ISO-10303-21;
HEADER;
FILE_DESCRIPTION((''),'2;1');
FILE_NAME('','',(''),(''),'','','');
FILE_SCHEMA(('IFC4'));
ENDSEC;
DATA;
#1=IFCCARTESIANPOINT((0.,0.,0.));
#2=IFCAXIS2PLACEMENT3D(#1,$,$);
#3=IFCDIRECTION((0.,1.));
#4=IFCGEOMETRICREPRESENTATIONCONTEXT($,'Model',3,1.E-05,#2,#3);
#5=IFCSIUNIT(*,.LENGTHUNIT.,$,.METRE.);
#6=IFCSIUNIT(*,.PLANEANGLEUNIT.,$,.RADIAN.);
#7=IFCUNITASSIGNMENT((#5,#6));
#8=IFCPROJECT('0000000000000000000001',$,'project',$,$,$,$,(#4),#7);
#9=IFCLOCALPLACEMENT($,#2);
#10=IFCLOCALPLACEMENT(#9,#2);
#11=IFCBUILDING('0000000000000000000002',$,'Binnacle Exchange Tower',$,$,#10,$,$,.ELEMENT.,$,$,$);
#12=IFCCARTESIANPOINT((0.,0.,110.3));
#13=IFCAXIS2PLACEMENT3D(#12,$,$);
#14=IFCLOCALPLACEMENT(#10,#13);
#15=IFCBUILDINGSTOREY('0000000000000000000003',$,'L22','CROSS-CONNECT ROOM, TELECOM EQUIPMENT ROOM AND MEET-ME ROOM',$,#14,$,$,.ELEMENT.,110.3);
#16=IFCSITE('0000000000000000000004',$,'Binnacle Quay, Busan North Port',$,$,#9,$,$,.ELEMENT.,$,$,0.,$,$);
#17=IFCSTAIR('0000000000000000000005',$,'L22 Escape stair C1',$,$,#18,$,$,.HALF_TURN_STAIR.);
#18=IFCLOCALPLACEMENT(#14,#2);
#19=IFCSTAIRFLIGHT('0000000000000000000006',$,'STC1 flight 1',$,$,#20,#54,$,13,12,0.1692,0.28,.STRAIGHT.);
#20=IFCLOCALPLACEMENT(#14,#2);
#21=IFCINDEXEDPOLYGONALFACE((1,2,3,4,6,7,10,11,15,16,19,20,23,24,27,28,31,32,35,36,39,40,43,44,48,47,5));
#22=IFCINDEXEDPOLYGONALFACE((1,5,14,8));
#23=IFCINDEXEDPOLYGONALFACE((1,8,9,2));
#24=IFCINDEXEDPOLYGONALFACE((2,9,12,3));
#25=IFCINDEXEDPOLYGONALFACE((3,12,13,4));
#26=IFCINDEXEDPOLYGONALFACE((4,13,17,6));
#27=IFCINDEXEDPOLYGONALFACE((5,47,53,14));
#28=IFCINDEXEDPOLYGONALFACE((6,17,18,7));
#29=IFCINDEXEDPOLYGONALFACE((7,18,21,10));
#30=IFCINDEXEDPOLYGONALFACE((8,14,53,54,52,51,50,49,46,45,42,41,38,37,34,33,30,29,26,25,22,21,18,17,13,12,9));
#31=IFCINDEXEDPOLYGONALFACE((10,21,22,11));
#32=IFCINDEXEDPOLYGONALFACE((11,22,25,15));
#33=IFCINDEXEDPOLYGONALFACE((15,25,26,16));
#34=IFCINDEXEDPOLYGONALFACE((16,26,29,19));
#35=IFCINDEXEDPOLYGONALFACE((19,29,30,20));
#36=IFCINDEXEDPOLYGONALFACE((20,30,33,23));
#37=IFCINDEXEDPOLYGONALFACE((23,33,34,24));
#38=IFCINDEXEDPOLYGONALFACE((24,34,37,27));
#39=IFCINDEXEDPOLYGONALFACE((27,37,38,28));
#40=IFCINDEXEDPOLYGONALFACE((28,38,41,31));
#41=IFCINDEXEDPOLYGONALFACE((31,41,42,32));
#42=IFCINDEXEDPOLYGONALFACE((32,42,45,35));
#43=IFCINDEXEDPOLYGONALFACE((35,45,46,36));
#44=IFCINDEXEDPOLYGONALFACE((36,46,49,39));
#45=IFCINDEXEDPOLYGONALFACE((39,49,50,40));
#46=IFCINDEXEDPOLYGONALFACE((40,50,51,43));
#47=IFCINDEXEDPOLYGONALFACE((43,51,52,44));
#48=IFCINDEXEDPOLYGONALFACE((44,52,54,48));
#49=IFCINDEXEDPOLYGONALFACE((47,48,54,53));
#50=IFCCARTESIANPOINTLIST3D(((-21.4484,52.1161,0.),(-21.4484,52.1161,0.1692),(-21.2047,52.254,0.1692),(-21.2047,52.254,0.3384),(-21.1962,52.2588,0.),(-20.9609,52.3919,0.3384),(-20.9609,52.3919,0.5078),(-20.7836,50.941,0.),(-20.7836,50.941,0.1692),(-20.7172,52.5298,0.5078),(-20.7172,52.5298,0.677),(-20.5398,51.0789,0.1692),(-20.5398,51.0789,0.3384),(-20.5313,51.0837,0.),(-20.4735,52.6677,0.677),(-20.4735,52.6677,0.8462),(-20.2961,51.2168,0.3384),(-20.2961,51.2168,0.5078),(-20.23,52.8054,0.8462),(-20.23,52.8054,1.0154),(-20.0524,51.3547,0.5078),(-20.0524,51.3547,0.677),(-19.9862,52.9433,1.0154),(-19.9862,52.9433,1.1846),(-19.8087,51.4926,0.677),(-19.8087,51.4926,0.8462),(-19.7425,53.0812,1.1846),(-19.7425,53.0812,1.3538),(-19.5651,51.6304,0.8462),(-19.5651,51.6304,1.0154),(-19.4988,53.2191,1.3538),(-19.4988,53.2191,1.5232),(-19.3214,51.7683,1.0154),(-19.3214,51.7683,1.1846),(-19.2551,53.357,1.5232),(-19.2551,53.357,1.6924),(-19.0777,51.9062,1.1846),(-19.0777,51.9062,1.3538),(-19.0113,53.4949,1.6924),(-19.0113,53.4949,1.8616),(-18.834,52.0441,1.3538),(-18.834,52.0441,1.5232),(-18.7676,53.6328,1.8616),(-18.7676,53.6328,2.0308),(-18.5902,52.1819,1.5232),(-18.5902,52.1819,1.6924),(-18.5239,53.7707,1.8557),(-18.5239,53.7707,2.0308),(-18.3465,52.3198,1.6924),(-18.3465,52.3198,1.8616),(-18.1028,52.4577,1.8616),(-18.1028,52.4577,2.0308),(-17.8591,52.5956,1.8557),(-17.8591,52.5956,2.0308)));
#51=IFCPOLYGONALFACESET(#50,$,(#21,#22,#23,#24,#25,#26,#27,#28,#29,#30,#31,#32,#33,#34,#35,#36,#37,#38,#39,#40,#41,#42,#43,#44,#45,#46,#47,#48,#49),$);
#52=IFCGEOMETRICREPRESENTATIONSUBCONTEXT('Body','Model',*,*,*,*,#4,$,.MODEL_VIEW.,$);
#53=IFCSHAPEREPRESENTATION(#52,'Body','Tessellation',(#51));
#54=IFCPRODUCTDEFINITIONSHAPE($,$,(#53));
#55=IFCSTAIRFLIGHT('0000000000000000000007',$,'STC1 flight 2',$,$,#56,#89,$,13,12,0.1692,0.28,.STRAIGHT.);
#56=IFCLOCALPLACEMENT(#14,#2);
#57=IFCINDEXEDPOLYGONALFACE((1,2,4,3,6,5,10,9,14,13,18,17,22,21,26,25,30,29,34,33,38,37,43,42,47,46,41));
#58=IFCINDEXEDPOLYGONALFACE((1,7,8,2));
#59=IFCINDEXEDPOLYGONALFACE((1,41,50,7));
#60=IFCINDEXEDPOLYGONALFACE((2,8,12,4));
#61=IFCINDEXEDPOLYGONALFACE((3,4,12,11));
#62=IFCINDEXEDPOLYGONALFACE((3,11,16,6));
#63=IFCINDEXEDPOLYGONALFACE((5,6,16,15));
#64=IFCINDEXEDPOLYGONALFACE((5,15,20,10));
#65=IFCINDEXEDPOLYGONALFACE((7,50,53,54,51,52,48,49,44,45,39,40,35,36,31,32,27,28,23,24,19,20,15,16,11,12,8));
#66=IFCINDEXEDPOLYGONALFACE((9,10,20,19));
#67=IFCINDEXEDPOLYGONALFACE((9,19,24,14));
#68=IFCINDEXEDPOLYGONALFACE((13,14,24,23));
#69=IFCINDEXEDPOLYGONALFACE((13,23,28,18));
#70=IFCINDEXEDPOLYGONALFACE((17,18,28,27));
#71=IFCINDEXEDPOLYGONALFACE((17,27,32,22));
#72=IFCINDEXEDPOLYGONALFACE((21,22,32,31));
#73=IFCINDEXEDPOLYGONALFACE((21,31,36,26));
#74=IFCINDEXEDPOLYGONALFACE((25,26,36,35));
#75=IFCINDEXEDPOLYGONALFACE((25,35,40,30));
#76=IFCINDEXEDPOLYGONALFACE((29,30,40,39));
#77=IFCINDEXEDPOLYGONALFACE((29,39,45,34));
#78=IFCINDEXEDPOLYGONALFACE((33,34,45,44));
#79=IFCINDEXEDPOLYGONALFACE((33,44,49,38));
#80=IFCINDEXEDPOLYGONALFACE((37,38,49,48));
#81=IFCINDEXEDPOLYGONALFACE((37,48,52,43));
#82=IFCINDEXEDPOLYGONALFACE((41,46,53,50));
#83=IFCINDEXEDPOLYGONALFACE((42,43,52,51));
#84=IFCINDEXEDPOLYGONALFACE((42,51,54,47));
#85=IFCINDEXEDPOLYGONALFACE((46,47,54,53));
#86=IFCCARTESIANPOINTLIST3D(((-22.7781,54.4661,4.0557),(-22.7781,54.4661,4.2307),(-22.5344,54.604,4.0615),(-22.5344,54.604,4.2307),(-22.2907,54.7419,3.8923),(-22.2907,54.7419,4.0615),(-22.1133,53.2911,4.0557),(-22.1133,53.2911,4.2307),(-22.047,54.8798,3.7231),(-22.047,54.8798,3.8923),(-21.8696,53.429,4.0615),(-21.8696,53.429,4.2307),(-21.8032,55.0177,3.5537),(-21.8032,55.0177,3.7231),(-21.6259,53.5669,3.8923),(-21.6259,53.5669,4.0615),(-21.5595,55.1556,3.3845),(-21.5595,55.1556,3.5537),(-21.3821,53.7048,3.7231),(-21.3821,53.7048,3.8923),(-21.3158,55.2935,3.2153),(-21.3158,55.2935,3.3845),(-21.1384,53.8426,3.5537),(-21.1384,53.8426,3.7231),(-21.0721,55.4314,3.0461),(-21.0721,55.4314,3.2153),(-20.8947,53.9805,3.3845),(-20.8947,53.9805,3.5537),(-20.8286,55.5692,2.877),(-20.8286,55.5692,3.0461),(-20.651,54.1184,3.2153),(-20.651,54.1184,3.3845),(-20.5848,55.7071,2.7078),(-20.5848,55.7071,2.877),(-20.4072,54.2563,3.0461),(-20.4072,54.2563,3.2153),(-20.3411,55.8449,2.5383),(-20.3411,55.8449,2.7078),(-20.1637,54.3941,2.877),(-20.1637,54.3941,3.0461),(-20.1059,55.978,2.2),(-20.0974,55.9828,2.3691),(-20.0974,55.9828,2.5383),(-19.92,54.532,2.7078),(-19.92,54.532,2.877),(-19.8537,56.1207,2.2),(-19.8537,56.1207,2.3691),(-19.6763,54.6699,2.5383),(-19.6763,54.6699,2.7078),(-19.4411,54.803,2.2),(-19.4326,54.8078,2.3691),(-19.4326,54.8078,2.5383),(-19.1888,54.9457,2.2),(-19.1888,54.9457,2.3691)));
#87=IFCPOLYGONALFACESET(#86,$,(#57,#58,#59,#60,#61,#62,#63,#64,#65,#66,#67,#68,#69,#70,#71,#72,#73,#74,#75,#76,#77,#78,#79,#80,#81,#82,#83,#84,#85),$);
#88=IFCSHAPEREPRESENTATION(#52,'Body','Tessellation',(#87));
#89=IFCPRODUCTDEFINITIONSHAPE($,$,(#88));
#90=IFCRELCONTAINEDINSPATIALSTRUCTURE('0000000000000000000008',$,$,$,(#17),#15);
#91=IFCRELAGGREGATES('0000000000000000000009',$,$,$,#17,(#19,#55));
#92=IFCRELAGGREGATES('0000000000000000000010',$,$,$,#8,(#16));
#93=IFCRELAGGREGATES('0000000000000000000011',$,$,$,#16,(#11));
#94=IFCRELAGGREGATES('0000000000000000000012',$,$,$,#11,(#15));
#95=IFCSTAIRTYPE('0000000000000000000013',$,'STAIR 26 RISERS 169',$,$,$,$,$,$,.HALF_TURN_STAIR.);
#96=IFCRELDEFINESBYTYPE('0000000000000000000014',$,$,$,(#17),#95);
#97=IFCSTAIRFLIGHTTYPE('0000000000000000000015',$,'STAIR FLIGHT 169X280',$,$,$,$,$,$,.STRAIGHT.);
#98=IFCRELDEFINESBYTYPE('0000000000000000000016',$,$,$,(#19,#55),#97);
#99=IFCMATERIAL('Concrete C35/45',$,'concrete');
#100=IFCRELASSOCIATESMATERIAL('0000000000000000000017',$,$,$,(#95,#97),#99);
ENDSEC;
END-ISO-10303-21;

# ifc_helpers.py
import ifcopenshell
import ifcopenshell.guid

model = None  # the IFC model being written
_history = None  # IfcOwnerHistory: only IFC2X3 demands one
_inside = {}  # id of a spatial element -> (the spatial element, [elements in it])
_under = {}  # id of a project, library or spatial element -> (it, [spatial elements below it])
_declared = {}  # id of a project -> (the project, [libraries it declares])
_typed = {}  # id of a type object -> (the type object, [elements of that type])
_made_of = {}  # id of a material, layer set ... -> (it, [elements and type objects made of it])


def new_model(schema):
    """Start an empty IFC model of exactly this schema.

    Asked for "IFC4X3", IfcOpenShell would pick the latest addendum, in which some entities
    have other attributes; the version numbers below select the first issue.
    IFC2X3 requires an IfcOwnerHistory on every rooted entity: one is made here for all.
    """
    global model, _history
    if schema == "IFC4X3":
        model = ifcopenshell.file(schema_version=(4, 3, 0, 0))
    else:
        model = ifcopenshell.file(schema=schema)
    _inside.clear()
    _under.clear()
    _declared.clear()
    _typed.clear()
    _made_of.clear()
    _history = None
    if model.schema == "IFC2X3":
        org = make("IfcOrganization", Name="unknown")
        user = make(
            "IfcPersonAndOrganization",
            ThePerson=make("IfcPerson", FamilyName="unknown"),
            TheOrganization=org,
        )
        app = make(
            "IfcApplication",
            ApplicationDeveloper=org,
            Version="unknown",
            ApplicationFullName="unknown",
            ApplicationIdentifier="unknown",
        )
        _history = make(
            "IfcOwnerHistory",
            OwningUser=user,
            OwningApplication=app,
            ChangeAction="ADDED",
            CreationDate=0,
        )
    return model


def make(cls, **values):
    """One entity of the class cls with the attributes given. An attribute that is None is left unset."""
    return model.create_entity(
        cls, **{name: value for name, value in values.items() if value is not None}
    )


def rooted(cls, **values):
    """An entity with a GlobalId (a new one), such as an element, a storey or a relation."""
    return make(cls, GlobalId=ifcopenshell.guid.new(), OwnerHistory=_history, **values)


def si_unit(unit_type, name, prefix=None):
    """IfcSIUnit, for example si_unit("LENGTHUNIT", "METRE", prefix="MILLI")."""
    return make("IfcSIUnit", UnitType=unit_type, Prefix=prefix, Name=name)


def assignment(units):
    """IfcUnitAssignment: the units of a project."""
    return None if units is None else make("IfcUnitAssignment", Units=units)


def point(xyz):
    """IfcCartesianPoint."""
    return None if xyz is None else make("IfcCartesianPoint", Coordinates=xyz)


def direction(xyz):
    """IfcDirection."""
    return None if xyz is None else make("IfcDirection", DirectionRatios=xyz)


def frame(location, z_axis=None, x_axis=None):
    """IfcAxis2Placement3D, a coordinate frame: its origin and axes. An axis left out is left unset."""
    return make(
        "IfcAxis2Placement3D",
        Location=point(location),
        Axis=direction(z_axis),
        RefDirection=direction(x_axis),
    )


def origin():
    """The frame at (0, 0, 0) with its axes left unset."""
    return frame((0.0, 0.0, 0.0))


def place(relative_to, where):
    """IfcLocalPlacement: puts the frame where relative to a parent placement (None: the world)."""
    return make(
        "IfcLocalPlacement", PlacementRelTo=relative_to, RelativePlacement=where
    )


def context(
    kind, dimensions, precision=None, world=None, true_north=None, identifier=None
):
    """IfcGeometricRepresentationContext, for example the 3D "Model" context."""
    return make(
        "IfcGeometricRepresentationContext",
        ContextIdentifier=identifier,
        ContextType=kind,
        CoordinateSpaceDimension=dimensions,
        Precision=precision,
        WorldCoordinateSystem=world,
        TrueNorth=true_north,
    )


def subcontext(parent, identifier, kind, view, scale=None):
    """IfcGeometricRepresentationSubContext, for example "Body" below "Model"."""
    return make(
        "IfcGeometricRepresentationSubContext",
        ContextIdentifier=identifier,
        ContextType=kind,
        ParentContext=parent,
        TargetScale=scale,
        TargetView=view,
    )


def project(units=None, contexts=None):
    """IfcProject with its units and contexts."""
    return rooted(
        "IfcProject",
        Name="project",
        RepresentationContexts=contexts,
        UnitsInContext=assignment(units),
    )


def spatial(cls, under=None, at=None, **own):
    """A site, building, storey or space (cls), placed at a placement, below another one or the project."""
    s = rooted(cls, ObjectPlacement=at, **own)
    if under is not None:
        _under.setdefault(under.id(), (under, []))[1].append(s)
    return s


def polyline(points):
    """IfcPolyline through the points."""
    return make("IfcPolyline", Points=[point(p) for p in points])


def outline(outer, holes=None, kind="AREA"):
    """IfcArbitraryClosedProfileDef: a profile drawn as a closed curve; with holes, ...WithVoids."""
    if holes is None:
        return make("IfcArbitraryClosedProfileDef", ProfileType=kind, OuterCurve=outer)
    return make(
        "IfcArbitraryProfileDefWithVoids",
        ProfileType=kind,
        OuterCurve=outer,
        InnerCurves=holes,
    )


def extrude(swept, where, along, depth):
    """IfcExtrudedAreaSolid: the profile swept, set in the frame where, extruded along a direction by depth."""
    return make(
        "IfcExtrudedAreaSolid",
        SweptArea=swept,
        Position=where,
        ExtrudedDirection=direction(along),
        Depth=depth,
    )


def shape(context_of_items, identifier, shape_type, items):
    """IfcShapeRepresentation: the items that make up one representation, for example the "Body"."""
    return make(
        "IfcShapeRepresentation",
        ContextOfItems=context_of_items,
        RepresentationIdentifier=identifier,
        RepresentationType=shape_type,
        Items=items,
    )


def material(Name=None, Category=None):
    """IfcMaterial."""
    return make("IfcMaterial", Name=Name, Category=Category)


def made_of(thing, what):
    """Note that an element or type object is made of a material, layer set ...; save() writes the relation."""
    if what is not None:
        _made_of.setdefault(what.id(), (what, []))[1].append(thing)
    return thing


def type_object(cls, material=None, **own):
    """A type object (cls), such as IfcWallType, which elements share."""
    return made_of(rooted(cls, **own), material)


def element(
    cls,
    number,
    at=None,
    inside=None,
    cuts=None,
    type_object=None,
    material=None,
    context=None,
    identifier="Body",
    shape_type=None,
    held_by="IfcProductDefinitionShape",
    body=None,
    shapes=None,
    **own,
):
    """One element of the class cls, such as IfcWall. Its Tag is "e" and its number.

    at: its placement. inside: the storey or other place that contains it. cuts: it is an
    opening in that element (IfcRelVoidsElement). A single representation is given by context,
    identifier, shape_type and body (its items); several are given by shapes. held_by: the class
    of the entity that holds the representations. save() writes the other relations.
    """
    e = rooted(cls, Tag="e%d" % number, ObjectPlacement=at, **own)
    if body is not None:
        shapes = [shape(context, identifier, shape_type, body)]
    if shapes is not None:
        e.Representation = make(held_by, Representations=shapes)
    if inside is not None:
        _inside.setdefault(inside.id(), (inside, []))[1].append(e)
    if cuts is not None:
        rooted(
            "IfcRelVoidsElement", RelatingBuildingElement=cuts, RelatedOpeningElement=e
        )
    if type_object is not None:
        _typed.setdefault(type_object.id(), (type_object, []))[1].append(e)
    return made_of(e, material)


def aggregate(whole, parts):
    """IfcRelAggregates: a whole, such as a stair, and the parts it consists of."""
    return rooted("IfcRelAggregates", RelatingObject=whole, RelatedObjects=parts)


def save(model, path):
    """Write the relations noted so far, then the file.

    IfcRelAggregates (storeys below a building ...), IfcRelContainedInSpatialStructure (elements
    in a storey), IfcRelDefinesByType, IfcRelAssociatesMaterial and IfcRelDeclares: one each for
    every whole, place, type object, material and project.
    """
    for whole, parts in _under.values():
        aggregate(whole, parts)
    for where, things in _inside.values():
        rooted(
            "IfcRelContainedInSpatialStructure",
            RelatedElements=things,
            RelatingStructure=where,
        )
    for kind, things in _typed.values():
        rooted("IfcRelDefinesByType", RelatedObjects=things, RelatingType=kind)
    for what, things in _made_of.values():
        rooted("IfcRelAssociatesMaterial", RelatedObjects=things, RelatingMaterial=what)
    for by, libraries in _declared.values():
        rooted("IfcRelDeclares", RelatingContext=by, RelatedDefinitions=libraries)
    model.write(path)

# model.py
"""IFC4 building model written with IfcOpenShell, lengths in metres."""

from ifc_helpers import new_model, si_unit, direction, frame, origin, place, context, subcontext, project, spatial, polyline, outline, extrude, material, type_object, element, aggregate, save


model = new_model("IFC4")

# Units and contexts
model_context = context("Model", 3, precision=1e-05, world=origin(), true_north=direction((0.0, 1.0)))
body_context = subcontext(model_context, "Body", "Model", "MODEL_VIEW")
ifc_project = project(units=[si_unit("LENGTHUNIT", "METRE"), si_unit("PLANEANGLEUNIT", "RADIAN")], contexts=[model_context])

# Site, building, storey
site_placement = place(None, origin())
site = spatial("IfcSite", under=ifc_project, at=site_placement, Name="Binnacle Quay, Busan North Port", CompositionType="ELEMENT", RefElevation=0.0)
building_placement = place(site_placement, origin())
building = spatial("IfcBuilding", under=site, at=building_placement, Name="Binnacle Exchange Tower", CompositionType="ELEMENT")
storey_placement = place(building_placement, frame((0.0, 0.0, 110.3)))
storey = spatial("IfcBuildingStorey", under=building, at=storey_placement, Name="L22", Description="CROSS-CONNECT ROOM, TELECOM EQUIPMENT ROOM AND MEET-ME ROOM", CompositionType="ELEMENT", Elevation=110.3)

# Stair, stair flights
ifc_material_1 = material(Name="Concrete C35/45", Category="concrete")
stair_type = type_object("IfcStairType", Name="STAIR 26 RISERS 169", PredefinedType="HALF_TURN_STAIR", material=ifc_material_1)
stair_placement = place(storey_placement, origin())
stair = element("IfcStair", 1, at=stair_placement, inside=storey, type_object=stair_type, Name="L22 Escape stair C1", PredefinedType="HALF_TURN_STAIR")
stair_flight_type = type_object("IfcStairFlightType", Name="STAIR FLIGHT 169X280", PredefinedType="STRAIGHT", material=ifc_material_1)
stair_flight_1_placement = place(storey_placement, frame((-21.116, 51.5286, 0.0), z_axis=(0.0, 0.0, 1.0), x_axis=(0.870356, 0.492424, 0.0)))
stair_flight_1 = element("IfcStairFlight", 2, at=stair_flight_1_placement, type_object=stair_flight_type, Name="STC1 flight 1", NumberOfRisers=13, NumberOfTreads=12, PredefinedType="STRAIGHT", RiserHeight=0.1692, TreadLength=0.28, context=body_context, shape_type="SweptSolid", body=[
    extrude(outline(polyline([(0.0, 0.0), (0.0, 0.1692), (0.28, 0.1692), (0.28, 0.3384), (0.5601, 0.3384), (0.5601, 0.5078), (0.8401, 0.5078), (0.8401, 0.677), (1.1201, 0.677), (1.1201, 0.8462), (1.3999, 0.8462), (1.3999, 1.0154), (1.6799, 1.0154), (1.6799, 1.1846), (1.96, 1.1846), (1.96, 1.3538), (2.24, 1.3538), (2.24, 1.5232), (2.52, 1.5232), (2.52, 1.6924), (2.8, 1.6924), (2.8, 1.8616), (3.0801, 1.8616), (3.0801, 2.0308), (3.3601, 2.0308), (3.3601, 2.2), (3.3601, 1.8557), (0.2898, 0.0), (0.0, 0.0)])), frame((0.0, 0.675, 0.0), z_axis=(0.0, -1.0, 0.0), x_axis=(1.0, 0.0, 0.0)), (0.0, 0.0, 1.0), 1.3501),
])
stair_flight_2_placement = place(storey_placement, frame((-19.5212, 55.5332, 2.2), z_axis=(0.0, 0.0, 1.0), x_axis=(-0.870356, -0.492424, 0.0)))
stair_flight_2 = element("IfcStairFlight", 3, at=stair_flight_2_placement, type_object=stair_flight_type, Name="STC1 flight 2", NumberOfRisers=13, NumberOfTreads=12, PredefinedType="STRAIGHT", RiserHeight=0.1692, TreadLength=0.28, context=body_context, shape_type="SweptSolid", body=[
    extrude(outline(polyline([(0.0, 0.0), (0.0, 0.1692), (0.28, 0.1692), (0.28, 0.3384), (0.5601, 0.3384), (0.5601, 0.5078), (0.8401, 0.5078), (0.8401, 0.677), (1.1201, 0.677), (1.1201, 0.8462), (1.3999, 0.8462), (1.3999, 1.0154), (1.6799, 1.0154), (1.6799, 1.1846), (1.96, 1.1846), (1.96, 1.3538), (2.24, 1.3538), (2.24, 1.5232), (2.52, 1.5232), (2.52, 1.6924), (2.8, 1.6924), (2.8, 1.8616), (3.0801, 1.8616), (3.0801, 2.0308), (3.3601, 2.0308), (3.3601, 2.2), (3.3601, 1.8557), (0.2898, 0.0), (0.0, 0.0)])), frame((0.0, 0.675, 0.0), z_axis=(0.0, -1.0, 0.0), x_axis=(1.0, 0.0, 0.0)), (0.0, 0.0, 1.0), 1.3501),
])
aggregate(stair, [stair_flight_1, stair_flight_2])

save(model, "model.ifc")
